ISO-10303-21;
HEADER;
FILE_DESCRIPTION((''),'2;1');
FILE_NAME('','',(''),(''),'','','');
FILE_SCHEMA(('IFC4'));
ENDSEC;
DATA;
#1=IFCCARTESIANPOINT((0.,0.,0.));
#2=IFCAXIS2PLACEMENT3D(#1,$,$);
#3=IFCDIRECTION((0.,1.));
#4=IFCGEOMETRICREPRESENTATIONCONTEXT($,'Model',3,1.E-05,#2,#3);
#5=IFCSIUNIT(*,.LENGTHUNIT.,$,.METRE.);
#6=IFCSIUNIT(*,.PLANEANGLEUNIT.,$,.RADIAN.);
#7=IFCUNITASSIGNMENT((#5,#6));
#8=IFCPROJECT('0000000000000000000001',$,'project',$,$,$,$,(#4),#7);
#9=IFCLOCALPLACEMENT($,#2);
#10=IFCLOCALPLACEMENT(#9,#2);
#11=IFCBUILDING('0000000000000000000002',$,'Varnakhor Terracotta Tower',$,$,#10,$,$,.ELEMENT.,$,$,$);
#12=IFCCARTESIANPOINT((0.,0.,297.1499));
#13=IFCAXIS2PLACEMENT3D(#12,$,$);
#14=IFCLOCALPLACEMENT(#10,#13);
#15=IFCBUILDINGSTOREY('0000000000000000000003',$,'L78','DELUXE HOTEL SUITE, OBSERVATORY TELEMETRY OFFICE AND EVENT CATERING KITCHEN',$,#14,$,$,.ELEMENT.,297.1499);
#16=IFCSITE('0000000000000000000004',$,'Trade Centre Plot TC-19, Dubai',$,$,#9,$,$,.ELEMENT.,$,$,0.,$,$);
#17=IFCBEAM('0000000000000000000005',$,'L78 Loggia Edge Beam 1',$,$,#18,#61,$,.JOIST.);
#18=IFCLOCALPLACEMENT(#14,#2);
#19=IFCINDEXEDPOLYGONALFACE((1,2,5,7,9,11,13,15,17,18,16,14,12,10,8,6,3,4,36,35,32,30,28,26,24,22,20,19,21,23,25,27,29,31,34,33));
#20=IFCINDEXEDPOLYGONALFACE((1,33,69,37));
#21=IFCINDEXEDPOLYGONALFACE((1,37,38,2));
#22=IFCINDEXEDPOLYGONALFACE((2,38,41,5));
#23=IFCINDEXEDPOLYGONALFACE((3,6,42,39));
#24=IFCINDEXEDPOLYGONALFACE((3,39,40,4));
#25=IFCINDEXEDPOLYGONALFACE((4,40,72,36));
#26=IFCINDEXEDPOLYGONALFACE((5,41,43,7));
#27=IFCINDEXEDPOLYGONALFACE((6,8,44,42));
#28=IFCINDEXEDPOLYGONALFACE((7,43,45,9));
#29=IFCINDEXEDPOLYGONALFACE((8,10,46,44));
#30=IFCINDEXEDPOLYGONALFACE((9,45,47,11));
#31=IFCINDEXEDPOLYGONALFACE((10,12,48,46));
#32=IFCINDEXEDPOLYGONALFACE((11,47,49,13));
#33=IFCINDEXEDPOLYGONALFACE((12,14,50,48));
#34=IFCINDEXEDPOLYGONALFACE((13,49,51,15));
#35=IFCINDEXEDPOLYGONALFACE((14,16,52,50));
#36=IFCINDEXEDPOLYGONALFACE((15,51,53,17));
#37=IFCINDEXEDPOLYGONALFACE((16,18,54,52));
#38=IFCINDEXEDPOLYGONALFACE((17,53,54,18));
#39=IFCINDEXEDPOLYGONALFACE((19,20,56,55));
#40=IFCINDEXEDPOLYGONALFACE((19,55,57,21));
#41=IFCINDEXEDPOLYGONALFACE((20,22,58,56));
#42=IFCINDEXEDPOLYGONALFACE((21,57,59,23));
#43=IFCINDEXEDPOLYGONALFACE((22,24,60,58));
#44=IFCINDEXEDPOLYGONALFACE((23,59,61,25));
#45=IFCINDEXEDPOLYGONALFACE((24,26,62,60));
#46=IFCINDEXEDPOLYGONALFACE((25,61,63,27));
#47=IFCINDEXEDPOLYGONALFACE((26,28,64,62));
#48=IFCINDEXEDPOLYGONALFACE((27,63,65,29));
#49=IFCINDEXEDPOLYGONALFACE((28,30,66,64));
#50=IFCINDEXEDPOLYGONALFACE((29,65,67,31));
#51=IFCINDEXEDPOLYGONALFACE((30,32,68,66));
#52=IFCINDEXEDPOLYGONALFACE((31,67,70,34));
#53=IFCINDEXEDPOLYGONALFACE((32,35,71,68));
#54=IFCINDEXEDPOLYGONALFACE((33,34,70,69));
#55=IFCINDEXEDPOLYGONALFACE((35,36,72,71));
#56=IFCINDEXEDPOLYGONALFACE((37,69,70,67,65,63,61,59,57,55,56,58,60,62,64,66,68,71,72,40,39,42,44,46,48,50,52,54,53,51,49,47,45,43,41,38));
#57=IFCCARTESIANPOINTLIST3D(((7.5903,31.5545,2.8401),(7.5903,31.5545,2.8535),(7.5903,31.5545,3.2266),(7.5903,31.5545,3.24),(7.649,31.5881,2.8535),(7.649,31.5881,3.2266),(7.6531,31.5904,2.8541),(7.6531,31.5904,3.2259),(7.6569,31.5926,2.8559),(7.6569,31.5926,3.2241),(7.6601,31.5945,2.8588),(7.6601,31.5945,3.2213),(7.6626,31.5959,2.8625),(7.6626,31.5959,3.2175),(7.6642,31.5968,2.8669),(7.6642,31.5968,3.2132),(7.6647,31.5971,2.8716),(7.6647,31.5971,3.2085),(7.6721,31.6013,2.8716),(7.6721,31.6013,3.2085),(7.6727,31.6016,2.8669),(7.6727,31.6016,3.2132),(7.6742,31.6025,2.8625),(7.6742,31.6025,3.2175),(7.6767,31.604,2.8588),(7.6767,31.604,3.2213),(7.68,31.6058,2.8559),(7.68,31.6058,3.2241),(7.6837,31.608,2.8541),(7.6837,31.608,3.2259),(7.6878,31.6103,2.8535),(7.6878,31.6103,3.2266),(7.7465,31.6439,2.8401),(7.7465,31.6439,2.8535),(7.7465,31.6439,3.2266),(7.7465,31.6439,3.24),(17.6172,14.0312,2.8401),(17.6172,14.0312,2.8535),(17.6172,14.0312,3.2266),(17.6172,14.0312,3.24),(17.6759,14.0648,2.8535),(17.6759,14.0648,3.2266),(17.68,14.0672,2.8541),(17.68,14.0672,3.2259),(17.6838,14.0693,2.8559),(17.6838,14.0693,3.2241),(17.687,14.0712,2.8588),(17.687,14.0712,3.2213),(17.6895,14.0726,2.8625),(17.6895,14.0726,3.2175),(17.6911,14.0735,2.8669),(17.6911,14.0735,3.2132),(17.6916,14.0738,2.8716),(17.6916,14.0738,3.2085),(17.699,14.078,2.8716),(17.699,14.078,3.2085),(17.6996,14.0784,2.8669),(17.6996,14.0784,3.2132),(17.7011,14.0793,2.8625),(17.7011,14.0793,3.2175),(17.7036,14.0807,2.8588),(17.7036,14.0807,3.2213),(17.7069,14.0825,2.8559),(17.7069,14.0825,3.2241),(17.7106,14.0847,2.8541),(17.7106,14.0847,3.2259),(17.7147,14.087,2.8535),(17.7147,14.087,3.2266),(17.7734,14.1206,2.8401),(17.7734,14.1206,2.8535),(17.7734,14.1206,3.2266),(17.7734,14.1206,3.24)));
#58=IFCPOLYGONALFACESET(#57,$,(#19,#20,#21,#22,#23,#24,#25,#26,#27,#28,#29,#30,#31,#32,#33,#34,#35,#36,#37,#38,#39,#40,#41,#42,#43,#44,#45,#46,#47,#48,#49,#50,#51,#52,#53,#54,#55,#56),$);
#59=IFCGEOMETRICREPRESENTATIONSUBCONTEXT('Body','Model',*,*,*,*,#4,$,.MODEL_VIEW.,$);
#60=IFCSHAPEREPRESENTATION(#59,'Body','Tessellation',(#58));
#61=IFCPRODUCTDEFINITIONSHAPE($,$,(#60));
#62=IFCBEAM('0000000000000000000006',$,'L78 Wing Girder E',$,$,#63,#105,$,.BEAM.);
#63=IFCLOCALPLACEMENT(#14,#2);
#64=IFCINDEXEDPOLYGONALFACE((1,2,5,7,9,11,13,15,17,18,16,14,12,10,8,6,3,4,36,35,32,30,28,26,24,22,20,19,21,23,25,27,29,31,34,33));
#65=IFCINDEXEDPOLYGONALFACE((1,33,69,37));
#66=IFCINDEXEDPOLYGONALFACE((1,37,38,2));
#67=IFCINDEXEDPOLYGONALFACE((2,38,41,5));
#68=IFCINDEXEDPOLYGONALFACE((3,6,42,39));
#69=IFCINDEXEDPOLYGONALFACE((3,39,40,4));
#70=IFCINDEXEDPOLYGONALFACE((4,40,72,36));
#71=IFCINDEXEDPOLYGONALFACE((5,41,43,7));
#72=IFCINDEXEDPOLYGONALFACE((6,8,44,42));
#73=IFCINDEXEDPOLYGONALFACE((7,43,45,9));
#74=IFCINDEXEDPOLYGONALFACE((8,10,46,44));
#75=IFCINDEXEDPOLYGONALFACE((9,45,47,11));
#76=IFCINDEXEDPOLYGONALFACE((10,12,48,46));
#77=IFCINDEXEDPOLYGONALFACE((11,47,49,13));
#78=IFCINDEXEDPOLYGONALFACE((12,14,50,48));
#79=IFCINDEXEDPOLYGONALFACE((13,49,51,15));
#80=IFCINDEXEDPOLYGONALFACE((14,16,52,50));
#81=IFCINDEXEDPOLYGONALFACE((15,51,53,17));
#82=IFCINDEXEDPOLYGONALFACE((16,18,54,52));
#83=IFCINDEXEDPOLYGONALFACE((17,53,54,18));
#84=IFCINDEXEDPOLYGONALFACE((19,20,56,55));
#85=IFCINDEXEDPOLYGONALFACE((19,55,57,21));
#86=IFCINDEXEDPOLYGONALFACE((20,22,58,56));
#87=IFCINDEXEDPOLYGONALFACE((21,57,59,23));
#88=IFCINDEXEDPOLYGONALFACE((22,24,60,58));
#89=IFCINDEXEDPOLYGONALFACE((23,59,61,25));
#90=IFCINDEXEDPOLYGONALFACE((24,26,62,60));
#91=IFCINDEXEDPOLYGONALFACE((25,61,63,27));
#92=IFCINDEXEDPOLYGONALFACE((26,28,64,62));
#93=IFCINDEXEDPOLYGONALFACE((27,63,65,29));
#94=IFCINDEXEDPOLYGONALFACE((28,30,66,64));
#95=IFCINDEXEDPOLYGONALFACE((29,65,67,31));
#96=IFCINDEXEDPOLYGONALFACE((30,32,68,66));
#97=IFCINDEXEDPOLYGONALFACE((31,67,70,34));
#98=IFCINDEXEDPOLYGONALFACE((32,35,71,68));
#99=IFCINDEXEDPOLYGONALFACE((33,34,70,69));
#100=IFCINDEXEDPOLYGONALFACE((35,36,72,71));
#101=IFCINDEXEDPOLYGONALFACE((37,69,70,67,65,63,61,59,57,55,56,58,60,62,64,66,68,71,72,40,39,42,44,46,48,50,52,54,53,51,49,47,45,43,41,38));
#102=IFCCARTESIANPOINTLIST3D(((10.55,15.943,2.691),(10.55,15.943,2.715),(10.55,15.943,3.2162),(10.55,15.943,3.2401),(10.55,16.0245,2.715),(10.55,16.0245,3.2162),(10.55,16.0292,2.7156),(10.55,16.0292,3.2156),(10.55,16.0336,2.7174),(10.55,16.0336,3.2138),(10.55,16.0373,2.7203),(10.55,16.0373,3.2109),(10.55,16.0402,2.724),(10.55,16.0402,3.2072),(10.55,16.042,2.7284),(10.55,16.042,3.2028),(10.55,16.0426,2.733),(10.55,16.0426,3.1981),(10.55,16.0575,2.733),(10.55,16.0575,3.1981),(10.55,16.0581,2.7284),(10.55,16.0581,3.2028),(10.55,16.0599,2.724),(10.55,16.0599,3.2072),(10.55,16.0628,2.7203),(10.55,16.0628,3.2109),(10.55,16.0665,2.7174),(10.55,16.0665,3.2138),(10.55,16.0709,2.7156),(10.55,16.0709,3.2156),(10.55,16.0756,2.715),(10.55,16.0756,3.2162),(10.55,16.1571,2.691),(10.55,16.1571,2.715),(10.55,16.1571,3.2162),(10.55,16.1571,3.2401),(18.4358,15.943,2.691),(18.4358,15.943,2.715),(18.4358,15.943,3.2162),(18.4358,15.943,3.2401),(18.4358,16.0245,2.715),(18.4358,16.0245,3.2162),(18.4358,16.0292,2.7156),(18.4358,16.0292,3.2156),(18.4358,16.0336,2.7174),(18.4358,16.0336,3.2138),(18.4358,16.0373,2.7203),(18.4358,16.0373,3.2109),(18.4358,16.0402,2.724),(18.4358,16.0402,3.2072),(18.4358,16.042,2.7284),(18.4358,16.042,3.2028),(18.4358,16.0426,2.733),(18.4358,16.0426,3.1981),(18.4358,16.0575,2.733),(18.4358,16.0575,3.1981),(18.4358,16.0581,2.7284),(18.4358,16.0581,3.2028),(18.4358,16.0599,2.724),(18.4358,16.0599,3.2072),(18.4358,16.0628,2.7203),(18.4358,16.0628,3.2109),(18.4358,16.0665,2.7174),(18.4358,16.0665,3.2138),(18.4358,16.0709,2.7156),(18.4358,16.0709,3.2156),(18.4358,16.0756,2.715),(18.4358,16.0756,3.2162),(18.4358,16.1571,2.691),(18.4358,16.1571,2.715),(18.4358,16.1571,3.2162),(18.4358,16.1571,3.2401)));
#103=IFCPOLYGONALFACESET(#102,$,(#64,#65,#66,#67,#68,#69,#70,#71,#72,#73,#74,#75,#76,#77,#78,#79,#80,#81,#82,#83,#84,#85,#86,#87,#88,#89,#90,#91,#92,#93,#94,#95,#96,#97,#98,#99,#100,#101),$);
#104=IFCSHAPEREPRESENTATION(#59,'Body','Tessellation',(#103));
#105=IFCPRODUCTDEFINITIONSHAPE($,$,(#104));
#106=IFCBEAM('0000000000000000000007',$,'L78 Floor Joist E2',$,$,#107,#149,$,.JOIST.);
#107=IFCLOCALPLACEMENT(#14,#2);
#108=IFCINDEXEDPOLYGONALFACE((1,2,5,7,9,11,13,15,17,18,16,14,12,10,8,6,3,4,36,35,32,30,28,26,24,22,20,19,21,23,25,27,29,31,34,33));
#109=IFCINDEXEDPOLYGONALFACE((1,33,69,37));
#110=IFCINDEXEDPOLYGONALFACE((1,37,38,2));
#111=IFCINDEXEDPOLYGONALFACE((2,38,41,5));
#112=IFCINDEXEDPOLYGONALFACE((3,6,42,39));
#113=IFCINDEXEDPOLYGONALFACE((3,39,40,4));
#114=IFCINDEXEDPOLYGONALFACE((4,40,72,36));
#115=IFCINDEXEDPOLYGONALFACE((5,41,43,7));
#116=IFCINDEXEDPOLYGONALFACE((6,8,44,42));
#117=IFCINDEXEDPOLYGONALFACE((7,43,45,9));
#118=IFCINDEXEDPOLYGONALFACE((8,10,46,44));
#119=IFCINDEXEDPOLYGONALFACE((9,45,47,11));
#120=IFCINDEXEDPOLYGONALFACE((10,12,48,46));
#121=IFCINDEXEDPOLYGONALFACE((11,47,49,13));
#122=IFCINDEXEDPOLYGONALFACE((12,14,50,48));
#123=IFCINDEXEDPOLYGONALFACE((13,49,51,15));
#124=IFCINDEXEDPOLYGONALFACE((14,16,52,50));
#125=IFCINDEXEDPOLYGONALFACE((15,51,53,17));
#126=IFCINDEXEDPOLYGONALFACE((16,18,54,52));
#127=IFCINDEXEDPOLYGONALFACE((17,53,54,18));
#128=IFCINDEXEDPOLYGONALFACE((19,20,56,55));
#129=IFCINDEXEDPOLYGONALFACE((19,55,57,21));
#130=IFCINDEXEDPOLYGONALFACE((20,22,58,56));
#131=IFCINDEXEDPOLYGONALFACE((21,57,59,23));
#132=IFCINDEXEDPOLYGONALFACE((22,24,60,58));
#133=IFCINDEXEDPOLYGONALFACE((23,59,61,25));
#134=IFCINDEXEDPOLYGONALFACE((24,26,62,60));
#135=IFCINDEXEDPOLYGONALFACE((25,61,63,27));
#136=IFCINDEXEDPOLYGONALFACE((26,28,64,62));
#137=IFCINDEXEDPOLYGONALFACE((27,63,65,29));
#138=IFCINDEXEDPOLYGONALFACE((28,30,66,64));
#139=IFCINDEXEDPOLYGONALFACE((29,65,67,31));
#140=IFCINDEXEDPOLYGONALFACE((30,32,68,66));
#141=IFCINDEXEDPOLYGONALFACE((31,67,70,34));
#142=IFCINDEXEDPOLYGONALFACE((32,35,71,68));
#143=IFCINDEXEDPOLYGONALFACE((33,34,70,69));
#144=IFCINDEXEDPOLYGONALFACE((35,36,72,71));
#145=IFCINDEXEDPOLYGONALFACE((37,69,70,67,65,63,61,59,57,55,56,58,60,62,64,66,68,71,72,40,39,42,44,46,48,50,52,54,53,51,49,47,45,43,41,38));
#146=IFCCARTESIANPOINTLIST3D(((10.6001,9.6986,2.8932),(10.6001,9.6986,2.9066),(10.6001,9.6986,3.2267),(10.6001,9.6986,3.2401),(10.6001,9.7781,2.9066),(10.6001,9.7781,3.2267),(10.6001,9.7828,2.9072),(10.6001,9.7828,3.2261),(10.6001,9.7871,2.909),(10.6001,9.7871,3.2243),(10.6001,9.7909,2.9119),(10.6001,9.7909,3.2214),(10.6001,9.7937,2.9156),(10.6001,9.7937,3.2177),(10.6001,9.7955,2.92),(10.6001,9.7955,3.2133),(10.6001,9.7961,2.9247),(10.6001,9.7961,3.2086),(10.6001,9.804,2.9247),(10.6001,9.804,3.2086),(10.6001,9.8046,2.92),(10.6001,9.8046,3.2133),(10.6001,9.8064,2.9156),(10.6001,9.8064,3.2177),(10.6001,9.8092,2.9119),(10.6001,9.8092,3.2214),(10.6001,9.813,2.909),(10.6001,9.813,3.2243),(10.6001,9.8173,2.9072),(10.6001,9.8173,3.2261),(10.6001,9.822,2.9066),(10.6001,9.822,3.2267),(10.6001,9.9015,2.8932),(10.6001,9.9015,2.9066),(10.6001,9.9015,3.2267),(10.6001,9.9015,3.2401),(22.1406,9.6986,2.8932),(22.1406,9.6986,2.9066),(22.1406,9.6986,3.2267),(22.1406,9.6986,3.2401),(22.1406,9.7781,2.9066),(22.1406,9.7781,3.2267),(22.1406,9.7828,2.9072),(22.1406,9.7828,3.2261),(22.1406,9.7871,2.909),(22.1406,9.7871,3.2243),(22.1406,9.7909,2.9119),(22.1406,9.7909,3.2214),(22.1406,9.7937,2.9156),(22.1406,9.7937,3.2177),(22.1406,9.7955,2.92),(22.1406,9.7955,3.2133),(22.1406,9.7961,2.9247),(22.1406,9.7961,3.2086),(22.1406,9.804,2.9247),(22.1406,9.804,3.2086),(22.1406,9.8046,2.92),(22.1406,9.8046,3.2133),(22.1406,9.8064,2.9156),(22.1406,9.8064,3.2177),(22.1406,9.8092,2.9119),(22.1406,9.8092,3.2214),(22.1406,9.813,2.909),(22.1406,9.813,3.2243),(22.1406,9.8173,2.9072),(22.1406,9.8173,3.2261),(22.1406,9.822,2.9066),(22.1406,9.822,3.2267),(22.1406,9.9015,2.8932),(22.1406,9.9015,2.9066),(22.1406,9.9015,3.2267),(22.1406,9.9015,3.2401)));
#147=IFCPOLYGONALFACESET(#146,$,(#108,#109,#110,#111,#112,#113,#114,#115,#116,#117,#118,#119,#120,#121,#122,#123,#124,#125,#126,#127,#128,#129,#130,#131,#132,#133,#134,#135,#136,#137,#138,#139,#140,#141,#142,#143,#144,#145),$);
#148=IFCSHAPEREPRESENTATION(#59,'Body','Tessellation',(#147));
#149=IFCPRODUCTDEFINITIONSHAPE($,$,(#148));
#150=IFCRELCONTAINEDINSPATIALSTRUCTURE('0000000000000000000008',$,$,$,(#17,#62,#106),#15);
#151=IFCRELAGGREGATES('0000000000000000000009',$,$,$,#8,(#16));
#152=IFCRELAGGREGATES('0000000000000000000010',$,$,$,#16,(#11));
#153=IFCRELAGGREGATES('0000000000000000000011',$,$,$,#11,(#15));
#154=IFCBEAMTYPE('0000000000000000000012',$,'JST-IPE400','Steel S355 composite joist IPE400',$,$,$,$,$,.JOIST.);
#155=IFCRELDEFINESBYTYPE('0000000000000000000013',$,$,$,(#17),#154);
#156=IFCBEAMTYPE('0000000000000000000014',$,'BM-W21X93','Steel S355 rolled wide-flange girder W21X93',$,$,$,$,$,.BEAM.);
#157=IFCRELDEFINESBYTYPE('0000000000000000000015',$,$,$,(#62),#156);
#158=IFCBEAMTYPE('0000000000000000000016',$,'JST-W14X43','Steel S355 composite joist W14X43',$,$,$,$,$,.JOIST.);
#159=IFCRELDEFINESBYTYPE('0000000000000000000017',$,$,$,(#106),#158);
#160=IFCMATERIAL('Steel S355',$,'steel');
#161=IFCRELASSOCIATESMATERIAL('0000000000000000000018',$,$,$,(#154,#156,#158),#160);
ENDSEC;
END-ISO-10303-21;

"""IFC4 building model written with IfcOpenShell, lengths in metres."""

from ifc_helpers import new_model, si_unit, direction, frame, origin, origin_2d, place, context, subcontext, project, spatial, i_section, extrude, source, transform, mapped, material, material_profile, profile_set, type_object, element, save


model = new_model("IFC4")

# Units and contexts
model_context = context("Model", 3, precision=1e-05, world=origin(), true_north=direction((0.0, 1.0)))
body_context = subcontext(model_context, "Body", "Model", "MODEL_VIEW")
ifc_project = project(units=[si_unit("LENGTHUNIT", "METRE"), si_unit("PLANEANGLEUNIT", "RADIAN")], contexts=[model_context])

# Site, building, storey
site_placement = place(None, origin())
site = spatial("IfcSite", under=ifc_project, at=site_placement, Name="Trade Centre Plot TC-19, Dubai", CompositionType="ELEMENT", RefElevation=0.0)
building_placement = place(site_placement, origin())
building = spatial("IfcBuilding", under=site, at=building_placement, Name="Varnakhor Terracotta Tower", CompositionType="ELEMENT")
storey_placement = place(building_placement, frame((0.0, 0.0, 297.1499)))
storey = spatial("IfcBuildingStorey", under=building, at=storey_placement, Name="L78", Description="DELUXE HOTEL SUITE, OBSERVATORY TELEMETRY OFFICE AND EVENT CATERING KITCHEN", CompositionType="ELEMENT", Elevation=297.1499)

# Beams
ifc_material_1 = material(Name="Steel S355", Category="steel")
ifc_material_profile_1 = material_profile(ifc_material_1, i_section(OverallWidth=0.1799, OverallDepth=0.3999, WebThickness=0.0085, FlangeThickness=0.0134, FilletRadius=0.0181, at=origin_2d()), Name="IPE400")
ifc_profile_set_1 = profile_set([ifc_material_profile_1], Name="Steel S355")
beam_type_1 = type_object("IfcBeamType", Name="JST-IPE400", Description="Steel S355 composite joist IPE400", PredefinedType="JOIST", material=ifc_profile_set_1)
shared_shape_1 = source(origin(), body_context, "Body", "SweptSolid", [
    extrude(i_section(OverallWidth=0.1799, OverallDepth=0.3999, WebThickness=0.0085, FlangeThickness=0.0134, FilletRadius=0.0181, at=origin_2d()), origin(), (0.0, 0.0, 1.0), 20.1892),
])
beam_1_placement = place(storey_placement, frame((17.6953, 14.0759, 3.04), z_axis=(-0.496647, 0.867953, 0.0), x_axis=(-0.867953, -0.496647, 0.0)))
element("IfcBeam", 1, at=beam_1_placement, inside=storey, type_object=beam_type_1, Name="L78 Loggia Edge Beam 1", PredefinedType="JOIST", context=body_context, shape_type="MappedRepresentation", body=[
    mapped(shared_shape_1, transform((0.0, 0.0, 0.0), scale=1.0)),
])
ifc_material_profile_2 = material_profile(ifc_material_1, i_section(OverallWidth=0.2141, OverallDepth=0.5491, WebThickness=0.0149, FlangeThickness=0.0239, FilletRadius=0.0181, at=origin_2d()), Name="W21X93")
ifc_profile_set_2 = profile_set([ifc_material_profile_2], Name="Steel S355")
beam_type_2 = type_object("IfcBeamType", Name="BM-W21X93", Description="Steel S355 rolled wide-flange girder W21X93", PredefinedType="BEAM", material=ifc_profile_set_2)
shared_shape_2 = source(origin(), body_context, "Body", "SweptSolid", [
    extrude(i_section(OverallWidth=0.2141, OverallDepth=0.5491, WebThickness=0.0149, FlangeThickness=0.0239, FilletRadius=0.0181, at=origin_2d()), origin(), (0.0, 0.0, 1.0), 7.8857),
])
beam_2_placement = place(storey_placement, frame((10.55, 16.05, 2.9656), z_axis=(1.0, 0.0, 0.0), x_axis=(0.0, 1.0, 0.0)))
element("IfcBeam", 2, at=beam_2_placement, inside=storey, type_object=beam_type_2, Name="L78 Wing Girder E", PredefinedType="BEAM", context=body_context, shape_type="MappedRepresentation", body=[
    mapped(shared_shape_2, transform((0.0, 0.0, 0.0), scale=1.0)),
])
ifc_material_profile_3 = material_profile(ifc_material_1, i_section(OverallWidth=0.2029, OverallDepth=0.3469, WebThickness=0.0078, FlangeThickness=0.0134, FilletRadius=0.0181, at=origin_2d()), Name="W14X43")
ifc_profile_set_3 = profile_set([ifc_material_profile_3], Name="Steel S355")
beam_type_3 = type_object("IfcBeamType", Name="JST-W14X43", Description="Steel S355 composite joist W14X43", PredefinedType="JOIST", material=ifc_profile_set_3)
shared_shape_3 = source(origin(), body_context, "Body", "SweptSolid", [
    extrude(i_section(OverallWidth=0.2029, OverallDepth=0.3469, WebThickness=0.0078, FlangeThickness=0.0134, FilletRadius=0.0181, at=origin_2d()), origin(), (0.0, 0.0, 1.0), 11.5405),
])
beam_3_placement = place(storey_placement, frame((10.6001, 9.8, 3.0667), z_axis=(1.0, 0.0, 0.0), x_axis=(0.0, 1.0, 0.0)))
element("IfcBeam", 3, at=beam_3_placement, inside=storey, type_object=beam_type_3, Name="L78 Floor Joist E2", PredefinedType="JOIST", context=body_context, shape_type="MappedRepresentation", body=[
    mapped(shared_shape_3, transform((0.0, 0.0, 0.0), scale=1.0)),
])

save(model, "model.ifc")
